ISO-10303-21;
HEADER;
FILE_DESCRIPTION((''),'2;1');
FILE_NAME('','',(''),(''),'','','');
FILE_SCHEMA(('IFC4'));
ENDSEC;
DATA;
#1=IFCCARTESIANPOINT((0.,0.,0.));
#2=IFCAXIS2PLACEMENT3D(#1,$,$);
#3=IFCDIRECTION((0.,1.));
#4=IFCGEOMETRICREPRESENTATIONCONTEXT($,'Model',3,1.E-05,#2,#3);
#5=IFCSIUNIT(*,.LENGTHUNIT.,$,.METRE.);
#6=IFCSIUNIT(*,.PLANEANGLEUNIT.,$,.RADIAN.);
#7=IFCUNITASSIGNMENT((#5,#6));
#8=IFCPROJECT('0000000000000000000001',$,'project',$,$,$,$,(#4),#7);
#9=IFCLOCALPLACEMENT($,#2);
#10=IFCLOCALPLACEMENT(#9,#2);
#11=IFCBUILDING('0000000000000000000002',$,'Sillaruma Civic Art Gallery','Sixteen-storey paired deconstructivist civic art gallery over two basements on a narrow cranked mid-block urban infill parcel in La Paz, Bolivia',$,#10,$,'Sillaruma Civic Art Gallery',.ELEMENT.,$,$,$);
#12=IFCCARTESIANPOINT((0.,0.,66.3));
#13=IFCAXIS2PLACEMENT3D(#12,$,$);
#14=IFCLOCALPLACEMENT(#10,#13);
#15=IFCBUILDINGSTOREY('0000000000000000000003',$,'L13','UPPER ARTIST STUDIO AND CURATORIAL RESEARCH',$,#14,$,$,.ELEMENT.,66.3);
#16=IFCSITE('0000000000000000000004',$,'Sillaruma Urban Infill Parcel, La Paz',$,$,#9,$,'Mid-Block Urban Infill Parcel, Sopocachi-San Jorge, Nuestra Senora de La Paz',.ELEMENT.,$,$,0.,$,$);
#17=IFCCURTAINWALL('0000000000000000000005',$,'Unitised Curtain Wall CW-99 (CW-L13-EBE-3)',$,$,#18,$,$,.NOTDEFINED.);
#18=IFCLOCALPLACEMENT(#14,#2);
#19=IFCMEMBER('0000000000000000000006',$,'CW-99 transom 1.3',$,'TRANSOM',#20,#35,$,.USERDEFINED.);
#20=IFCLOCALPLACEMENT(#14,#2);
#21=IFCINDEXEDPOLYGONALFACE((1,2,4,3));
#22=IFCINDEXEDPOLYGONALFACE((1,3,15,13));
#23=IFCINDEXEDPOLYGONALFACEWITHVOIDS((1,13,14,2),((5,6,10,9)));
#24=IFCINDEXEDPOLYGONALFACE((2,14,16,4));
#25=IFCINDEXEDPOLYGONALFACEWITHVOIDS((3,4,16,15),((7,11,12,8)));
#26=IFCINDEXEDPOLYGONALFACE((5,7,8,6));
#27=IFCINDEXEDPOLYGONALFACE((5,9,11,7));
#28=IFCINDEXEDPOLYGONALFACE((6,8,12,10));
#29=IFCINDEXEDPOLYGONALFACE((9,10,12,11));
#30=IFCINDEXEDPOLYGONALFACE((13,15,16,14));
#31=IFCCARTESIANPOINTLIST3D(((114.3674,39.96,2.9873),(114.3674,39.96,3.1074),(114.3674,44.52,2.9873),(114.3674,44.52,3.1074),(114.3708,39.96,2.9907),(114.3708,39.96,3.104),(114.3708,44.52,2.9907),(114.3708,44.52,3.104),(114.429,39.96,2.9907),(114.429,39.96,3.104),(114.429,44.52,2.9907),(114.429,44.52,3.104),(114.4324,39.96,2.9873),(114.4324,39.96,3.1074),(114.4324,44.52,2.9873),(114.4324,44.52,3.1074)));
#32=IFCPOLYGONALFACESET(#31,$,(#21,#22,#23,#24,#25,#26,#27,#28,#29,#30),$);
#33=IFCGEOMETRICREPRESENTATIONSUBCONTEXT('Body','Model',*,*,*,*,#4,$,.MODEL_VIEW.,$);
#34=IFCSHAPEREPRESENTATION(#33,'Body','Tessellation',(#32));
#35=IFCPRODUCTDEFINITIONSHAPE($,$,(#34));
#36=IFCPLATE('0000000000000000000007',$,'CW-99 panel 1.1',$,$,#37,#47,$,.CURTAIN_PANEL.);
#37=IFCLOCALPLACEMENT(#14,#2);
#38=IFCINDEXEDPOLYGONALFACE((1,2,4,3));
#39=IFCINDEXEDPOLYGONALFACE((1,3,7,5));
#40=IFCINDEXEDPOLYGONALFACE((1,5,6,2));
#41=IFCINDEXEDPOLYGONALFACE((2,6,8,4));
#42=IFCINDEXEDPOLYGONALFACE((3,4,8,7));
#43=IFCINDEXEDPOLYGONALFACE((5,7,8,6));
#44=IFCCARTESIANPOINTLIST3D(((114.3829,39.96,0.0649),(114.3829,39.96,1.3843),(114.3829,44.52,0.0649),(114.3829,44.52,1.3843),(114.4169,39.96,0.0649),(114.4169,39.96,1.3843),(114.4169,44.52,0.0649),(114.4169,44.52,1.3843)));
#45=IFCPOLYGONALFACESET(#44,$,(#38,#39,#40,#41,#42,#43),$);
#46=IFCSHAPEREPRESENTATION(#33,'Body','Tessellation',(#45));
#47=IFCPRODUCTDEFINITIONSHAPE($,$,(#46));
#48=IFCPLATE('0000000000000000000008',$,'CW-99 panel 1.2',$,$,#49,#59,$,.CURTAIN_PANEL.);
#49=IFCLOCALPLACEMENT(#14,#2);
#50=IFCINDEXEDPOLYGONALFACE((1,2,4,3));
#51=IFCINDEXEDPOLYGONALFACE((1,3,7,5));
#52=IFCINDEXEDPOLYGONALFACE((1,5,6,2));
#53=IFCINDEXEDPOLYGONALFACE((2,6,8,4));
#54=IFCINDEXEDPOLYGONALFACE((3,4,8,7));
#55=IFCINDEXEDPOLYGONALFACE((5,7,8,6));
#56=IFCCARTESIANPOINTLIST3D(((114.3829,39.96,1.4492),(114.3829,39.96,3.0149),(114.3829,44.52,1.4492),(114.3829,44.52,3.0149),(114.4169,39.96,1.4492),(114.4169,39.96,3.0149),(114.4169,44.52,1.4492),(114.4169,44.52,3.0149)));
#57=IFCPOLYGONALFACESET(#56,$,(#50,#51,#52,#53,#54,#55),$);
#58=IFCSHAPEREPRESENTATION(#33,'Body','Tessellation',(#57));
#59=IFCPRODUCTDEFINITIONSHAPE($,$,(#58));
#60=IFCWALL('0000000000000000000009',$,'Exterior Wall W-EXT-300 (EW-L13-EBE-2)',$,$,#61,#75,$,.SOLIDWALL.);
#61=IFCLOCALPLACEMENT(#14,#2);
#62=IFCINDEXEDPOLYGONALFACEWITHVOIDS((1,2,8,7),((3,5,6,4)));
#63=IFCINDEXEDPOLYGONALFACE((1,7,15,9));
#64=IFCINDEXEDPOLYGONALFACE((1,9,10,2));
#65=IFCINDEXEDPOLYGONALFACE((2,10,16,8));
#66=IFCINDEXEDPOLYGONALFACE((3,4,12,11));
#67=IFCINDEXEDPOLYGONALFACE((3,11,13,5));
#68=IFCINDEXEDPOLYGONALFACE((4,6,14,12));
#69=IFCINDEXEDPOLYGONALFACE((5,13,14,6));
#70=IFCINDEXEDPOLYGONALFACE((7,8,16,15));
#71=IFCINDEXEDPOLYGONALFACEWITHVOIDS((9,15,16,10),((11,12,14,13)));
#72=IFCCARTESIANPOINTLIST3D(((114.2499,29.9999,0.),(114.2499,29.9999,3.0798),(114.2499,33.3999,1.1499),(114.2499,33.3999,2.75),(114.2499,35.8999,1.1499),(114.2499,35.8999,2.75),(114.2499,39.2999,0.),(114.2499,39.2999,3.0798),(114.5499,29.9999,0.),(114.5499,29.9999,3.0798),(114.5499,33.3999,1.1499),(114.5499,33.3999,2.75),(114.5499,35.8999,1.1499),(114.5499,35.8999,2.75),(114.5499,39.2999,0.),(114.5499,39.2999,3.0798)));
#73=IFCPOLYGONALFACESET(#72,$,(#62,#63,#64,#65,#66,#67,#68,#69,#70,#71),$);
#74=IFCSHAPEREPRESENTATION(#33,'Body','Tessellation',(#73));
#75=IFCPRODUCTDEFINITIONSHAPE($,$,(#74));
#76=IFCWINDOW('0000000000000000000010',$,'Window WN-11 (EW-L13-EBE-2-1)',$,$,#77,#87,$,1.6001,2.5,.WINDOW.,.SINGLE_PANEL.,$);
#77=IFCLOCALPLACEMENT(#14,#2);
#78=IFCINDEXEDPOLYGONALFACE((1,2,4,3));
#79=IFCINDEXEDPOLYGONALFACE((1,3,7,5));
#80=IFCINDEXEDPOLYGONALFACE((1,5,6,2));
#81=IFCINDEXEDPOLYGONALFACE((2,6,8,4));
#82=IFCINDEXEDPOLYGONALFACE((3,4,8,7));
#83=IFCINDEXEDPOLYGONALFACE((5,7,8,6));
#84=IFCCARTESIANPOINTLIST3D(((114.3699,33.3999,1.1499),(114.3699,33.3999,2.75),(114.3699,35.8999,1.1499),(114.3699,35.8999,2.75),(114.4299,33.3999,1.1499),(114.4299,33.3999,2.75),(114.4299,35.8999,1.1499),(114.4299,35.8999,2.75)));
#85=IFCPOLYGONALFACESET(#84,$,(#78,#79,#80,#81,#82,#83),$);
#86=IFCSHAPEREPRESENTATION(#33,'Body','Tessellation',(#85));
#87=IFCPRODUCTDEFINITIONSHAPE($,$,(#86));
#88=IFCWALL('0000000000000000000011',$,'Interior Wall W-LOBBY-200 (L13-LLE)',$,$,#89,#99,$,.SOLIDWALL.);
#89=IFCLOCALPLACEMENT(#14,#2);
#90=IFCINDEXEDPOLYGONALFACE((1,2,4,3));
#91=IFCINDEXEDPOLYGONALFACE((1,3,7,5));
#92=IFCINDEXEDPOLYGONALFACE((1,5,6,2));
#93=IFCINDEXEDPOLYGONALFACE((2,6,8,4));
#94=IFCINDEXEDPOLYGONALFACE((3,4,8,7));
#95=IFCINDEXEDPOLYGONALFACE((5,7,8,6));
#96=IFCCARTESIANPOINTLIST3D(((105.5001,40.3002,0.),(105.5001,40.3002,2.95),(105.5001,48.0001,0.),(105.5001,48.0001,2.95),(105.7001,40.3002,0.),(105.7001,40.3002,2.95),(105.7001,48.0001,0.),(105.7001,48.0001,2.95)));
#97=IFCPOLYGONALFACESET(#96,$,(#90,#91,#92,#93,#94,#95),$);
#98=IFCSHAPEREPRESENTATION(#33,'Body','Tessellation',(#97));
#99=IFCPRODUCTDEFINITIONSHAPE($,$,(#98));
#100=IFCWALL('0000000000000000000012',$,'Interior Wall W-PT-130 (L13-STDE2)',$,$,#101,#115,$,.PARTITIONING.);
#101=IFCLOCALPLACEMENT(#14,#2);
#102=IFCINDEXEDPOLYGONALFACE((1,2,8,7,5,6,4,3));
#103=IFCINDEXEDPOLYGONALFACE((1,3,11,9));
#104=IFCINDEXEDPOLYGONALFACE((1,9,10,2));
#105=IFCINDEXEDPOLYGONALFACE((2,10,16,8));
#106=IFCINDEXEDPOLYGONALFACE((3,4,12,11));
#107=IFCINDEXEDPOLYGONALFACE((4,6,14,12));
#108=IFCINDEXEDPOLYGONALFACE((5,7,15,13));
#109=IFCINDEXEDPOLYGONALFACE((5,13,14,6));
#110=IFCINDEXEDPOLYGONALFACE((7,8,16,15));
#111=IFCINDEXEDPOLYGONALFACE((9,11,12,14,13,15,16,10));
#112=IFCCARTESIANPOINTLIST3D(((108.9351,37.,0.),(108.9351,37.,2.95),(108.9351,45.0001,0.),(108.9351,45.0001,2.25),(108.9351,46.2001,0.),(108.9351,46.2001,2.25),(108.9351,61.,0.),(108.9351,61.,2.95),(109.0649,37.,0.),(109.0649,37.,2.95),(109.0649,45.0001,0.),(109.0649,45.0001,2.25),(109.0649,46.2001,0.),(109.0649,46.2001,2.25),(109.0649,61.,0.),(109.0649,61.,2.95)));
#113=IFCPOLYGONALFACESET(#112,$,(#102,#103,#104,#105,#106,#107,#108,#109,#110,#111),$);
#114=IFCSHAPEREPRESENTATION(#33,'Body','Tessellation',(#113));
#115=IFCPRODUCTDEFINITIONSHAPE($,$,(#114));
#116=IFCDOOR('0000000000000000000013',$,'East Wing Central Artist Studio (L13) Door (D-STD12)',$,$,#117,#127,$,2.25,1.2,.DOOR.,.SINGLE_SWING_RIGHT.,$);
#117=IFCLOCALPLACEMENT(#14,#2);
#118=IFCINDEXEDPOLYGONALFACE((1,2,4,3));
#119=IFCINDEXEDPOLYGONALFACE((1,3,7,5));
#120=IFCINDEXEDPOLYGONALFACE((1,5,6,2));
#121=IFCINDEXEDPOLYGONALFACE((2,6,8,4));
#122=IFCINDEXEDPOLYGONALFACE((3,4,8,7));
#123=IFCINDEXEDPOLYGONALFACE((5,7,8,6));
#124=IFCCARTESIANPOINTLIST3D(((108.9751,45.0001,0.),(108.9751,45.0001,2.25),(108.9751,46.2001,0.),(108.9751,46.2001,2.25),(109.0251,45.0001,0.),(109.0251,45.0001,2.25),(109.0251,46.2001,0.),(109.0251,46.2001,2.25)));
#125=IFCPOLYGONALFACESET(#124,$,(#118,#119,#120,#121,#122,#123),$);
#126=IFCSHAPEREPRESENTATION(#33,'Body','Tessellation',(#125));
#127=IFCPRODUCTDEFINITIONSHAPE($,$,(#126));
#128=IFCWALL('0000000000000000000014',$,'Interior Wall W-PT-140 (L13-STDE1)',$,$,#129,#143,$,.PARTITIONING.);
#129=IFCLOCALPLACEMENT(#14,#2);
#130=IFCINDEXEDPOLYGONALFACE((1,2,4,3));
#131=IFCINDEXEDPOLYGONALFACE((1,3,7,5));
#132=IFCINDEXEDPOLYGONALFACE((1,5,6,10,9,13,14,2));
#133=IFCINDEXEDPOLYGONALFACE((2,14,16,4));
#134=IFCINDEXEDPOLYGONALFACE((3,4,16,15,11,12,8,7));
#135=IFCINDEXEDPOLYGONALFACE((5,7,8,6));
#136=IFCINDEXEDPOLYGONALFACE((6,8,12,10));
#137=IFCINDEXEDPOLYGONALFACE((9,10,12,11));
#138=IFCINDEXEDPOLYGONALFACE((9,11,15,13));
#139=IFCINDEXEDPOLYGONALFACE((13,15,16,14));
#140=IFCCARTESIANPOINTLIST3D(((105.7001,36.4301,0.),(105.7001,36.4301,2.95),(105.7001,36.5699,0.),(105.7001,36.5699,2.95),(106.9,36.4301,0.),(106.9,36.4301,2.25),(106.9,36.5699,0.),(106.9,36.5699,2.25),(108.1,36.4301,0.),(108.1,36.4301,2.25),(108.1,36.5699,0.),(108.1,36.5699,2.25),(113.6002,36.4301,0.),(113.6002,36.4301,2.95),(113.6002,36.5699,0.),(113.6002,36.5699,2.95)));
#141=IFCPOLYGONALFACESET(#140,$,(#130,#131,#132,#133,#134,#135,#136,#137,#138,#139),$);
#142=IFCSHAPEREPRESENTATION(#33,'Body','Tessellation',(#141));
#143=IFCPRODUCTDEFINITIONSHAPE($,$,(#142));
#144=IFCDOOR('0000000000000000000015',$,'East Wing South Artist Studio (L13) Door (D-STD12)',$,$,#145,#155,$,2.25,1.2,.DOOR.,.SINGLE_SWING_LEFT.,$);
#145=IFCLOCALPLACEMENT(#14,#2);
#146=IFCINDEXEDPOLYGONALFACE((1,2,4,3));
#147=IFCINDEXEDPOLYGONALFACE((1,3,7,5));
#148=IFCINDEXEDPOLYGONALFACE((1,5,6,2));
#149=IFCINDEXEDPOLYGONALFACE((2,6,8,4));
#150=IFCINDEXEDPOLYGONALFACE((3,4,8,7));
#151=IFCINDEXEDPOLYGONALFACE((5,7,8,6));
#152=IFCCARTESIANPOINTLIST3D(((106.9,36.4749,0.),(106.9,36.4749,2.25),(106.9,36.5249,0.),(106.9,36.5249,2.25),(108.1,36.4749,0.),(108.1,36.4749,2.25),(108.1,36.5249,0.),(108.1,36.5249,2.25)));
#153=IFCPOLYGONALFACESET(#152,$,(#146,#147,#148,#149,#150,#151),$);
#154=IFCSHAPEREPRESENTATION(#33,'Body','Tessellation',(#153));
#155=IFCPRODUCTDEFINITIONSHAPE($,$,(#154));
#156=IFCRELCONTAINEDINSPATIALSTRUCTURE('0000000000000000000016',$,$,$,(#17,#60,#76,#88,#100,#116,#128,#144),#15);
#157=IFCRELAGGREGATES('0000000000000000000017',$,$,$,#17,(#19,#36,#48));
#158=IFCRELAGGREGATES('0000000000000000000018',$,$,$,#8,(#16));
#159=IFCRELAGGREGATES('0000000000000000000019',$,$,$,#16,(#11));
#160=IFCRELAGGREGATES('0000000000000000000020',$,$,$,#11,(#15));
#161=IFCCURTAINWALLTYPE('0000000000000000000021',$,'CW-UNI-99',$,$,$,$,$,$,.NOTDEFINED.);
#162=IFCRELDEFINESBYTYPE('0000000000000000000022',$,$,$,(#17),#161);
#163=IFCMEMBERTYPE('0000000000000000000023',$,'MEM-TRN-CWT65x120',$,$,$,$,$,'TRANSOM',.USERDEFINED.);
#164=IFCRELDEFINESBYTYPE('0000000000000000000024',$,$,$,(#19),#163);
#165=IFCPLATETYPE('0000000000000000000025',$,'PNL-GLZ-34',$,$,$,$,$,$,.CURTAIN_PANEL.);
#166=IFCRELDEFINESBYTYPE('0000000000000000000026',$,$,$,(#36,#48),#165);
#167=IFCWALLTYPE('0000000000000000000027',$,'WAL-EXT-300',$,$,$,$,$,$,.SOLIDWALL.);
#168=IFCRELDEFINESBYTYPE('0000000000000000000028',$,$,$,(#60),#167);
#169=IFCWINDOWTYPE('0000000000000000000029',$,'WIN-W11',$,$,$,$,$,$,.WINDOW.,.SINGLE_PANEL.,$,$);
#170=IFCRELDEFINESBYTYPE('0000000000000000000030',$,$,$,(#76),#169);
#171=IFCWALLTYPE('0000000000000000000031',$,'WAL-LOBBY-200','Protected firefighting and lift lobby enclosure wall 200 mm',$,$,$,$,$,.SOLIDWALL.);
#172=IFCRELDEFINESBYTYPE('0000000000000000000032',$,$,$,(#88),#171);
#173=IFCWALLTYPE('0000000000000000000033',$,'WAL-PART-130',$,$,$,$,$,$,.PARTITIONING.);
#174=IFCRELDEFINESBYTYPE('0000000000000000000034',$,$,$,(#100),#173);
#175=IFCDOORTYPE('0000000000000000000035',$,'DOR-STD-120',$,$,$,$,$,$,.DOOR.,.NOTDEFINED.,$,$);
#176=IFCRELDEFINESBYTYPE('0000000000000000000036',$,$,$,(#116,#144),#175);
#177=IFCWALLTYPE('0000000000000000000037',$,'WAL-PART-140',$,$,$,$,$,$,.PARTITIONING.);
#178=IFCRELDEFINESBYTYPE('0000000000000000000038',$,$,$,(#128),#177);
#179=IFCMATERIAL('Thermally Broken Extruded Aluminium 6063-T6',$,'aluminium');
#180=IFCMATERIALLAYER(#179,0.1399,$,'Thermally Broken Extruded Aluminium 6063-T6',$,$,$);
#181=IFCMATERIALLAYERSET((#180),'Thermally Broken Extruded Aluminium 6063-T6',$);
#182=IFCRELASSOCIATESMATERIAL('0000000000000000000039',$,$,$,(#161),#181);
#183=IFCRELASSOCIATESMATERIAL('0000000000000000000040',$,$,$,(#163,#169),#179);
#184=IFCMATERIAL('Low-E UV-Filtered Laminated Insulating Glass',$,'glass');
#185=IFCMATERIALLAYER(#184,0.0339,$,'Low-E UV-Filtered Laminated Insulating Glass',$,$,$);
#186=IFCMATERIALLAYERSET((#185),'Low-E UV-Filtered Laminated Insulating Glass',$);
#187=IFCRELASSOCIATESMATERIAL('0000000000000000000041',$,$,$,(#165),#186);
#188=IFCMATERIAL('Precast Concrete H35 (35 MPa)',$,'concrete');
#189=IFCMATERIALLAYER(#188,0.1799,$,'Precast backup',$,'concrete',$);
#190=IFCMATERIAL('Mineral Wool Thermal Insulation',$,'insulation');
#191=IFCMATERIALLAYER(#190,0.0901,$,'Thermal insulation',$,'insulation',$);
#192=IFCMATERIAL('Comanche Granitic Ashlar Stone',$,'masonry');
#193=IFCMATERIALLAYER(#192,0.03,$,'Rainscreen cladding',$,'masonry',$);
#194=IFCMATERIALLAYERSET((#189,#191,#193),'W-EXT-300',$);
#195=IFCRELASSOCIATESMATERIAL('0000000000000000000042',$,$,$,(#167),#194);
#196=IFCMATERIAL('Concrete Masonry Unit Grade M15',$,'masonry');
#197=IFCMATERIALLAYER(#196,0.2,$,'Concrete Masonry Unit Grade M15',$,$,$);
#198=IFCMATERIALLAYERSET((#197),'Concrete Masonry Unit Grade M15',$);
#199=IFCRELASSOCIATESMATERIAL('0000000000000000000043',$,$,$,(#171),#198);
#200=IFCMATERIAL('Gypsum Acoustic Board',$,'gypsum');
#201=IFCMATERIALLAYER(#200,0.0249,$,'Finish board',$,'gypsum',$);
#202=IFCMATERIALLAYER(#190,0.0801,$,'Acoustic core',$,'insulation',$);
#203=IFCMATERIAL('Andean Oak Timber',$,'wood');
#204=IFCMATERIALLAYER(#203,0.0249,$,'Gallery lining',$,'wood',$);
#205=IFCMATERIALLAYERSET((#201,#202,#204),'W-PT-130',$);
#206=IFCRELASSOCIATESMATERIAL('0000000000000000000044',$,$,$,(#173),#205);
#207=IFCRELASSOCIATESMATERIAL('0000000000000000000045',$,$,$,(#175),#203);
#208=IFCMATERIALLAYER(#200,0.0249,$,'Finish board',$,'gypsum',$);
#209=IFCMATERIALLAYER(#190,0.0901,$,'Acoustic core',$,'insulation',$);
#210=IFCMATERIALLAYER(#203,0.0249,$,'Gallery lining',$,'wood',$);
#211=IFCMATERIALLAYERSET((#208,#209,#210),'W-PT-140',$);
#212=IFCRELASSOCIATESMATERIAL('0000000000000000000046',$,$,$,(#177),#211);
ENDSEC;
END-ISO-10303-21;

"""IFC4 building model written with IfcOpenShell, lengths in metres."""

from ifc_helpers import new_model, si_unit, direction, frame, frame_2d, origin, origin_2d, place, context, subcontext, project, spatial, rectangle, hollow_rectangle, extrude, material, layer, layer_set, material_profile, profile_set, type_object, element, fill, aggregate, save


model = new_model("IFC4")

# Units and contexts
model_context = context("Model", 3, precision=1e-05, world=origin(), true_north=direction((0.0, 1.0)))
body_context = subcontext(model_context, "Body", "Model", "MODEL_VIEW")
ifc_project = project(units=[si_unit("LENGTHUNIT", "METRE"), si_unit("PLANEANGLEUNIT", "RADIAN")], contexts=[model_context])

# Site, building, storey
site_placement = place(None, origin())
site = spatial("IfcSite", under=ifc_project, at=site_placement, Name="Sillaruma Urban Infill Parcel, La Paz", LongName="Mid-Block Urban Infill Parcel, Sopocachi-San Jorge, Nuestra Senora de La Paz", CompositionType="ELEMENT", RefElevation=0.0)
building_placement = place(site_placement, origin())
building = spatial("IfcBuilding", under=site, at=building_placement, Name="Sillaruma Civic Art Gallery", Description="Sixteen-storey paired deconstructivist civic art gallery over two basements on a narrow cranked mid-block urban infill parcel in La Paz, Bolivia", LongName="Sillaruma Civic Art Gallery", CompositionType="ELEMENT")
storey_placement = place(building_placement, frame((0.0, 0.0, 66.3)))
storey = spatial("IfcBuildingStorey", under=building, at=storey_placement, Name="L13", Description="UPPER ARTIST STUDIO AND CURATORIAL RESEARCH", CompositionType="ELEMENT", Elevation=66.3)

# Curtain wall, member, plates
ifc_material_1 = material(Name="Thermally Broken Extruded Aluminium 6063-T6", Category="aluminium")
ifc_layer_1 = layer(ifc_material_1, 0.1399, Name="Thermally Broken Extruded Aluminium 6063-T6")
ifc_layer_set_1 = layer_set([ifc_layer_1], Name="Thermally Broken Extruded Aluminium 6063-T6")
curtain_wall_type = type_object("IfcCurtainWallType", Name="CW-UNI-99", PredefinedType="NOTDEFINED", material=ifc_layer_set_1)
curtain_wall_placement = place(storey_placement, origin())
curtain_wall = element("IfcCurtainWall", 1, at=curtain_wall_placement, inside=storey, type_object=curtain_wall_type, Name="Unitised Curtain Wall CW-99 (CW-L13-EBE-3)", PredefinedType="NOTDEFINED")
ifc_material_profile_1 = material_profile(ifc_material_1, hollow_rectangle(XDim=0.0649, YDim=0.1201, WallThickness=0.0034, at=origin_2d()), Name="CWT65x120")
ifc_profile_set_1 = profile_set([ifc_material_profile_1], Name="Thermally Broken Extruded Aluminium 6063-T6")
member_type_1 = type_object("IfcMemberType", Name="MEM-TRN-CWT65x120", ElementType="TRANSOM", PredefinedType="USERDEFINED", material=ifc_profile_set_1)
member_1_placement = place(storey_placement, frame((114.3999, 39.96, 3.0474), z_axis=(0.0, 1.0, 0.0), x_axis=(-1.0, 0.0, 0.0)))
member_1 = element("IfcMember", 2, at=member_1_placement, type_object=member_type_1, Name="CW-99 transom 1.3", ObjectType="TRANSOM", PredefinedType="USERDEFINED", context=body_context, shape_type="SweptSolid", body=[
    extrude(hollow_rectangle(XDim=0.0649, YDim=0.1201, WallThickness=0.0034, at=origin_2d()), origin(), (0.0, 0.0, 1.0), 4.5601),
])
ifc_material_2 = material(Name="Low-E UV-Filtered Laminated Insulating Glass", Category="glass")
ifc_layer_2 = layer(ifc_material_2, 0.0339, Name="Low-E UV-Filtered Laminated Insulating Glass")
ifc_layer_set_2 = layer_set([ifc_layer_2], Name="Low-E UV-Filtered Laminated Insulating Glass")
plate_type = type_object("IfcPlateType", Name="PNL-GLZ-34", PredefinedType="CURTAIN_PANEL", material=ifc_layer_set_2)
plate_1_placement = place(storey_placement, frame((114.3999, 42.24, 0.0649), z_axis=(0.0, 0.0, 1.0), x_axis=(0.0, 1.0, 0.0)))
plate_1 = element("IfcPlate", 3, at=plate_1_placement, type_object=plate_type, Name="CW-99 panel 1.1", PredefinedType="CURTAIN_PANEL", context=body_context, shape_type="SweptSolid", body=[
    extrude(rectangle(XDim=4.5601, YDim=0.0339, at=origin_2d()), origin(), (0.0, 0.0, 1.0), 1.3193),
])
plate_2_placement = place(storey_placement, frame((114.3999, 42.24, 1.4492), z_axis=(0.0, 0.0, 1.0), x_axis=(0.0, 1.0, 0.0)))
plate_2 = element("IfcPlate", 4, at=plate_2_placement, type_object=plate_type, Name="CW-99 panel 1.2", PredefinedType="CURTAIN_PANEL", context=body_context, shape_type="SweptSolid", body=[
    extrude(rectangle(XDim=4.5601, YDim=0.0339, at=origin_2d()), origin(), (0.0, 0.0, 1.0), 1.5657),
])
aggregate(curtain_wall, [member_1, plate_1, plate_2])

# Wall, opening, window
ifc_material_3 = material(Name="Precast Concrete H35 (35 MPa)", Category="concrete")
ifc_layer_3 = layer(ifc_material_3, 0.1799, Name="Precast backup", Category="concrete")
ifc_material_4 = material(Name="Mineral Wool Thermal Insulation", Category="insulation")
ifc_layer_4 = layer(ifc_material_4, 0.0901, Name="Thermal insulation", Category="insulation")
ifc_material_5 = material(Name="Comanche Granitic Ashlar Stone", Category="masonry")
ifc_layer_5 = layer(ifc_material_5, 0.03, Name="Rainscreen cladding", Category="masonry")
ifc_layer_set_3 = layer_set([ifc_layer_3, ifc_layer_4, ifc_layer_5], Name="W-EXT-300")
wall_type_1 = type_object("IfcWallType", Name="WAL-EXT-300", PredefinedType="SOLIDWALL", material=ifc_layer_set_3)
wall_1_placement = place(storey_placement, frame((114.3999, 30.0, 0.0), z_axis=(0.0, 0.0, 1.0), x_axis=(0.0, 1.0, 0.0)))
wall_1 = element("IfcWall", 5, at=wall_1_placement, inside=storey, type_object=wall_type_1, Name="Exterior Wall W-EXT-300 (EW-L13-EBE-2)", PredefinedType="SOLIDWALL", context=body_context, shape_type="SweptSolid", body=[
    extrude(rectangle(XDim=9.3, YDim=0.3, at=frame_2d((4.6499, 0.0))), origin(), (0.0, 0.0, 1.0), 3.0798),
])
opening_1_placement = place(wall_1_placement, frame((3.3999, 0.0, 1.1499)))
opening_1 = element("IfcOpeningElement", 6, at=opening_1_placement, cuts=wall_1, PredefinedType="OPENING", context=body_context, shape_type="SweptSolid", body=[
    extrude(rectangle(XDim=2.5, YDim=1.6001, at=frame_2d((1.25, 0.8))), frame((0.0, 0.1599, 0.0), z_axis=(0.0, -1.0, 0.0), x_axis=(1.0, 0.0, 0.0)), (0.0, 0.0, 1.0), 0.3201),
])
window_type = type_object("IfcWindowType", Name="WIN-W11", PartitioningType="SINGLE_PANEL", PredefinedType="WINDOW", material=ifc_material_1)
window_placement = place(opening_1_placement, origin())
window = element("IfcWindow", 7, at=window_placement, inside=storey, type_object=window_type, Name="Window WN-11 (EW-L13-EBE-2-1)", OverallHeight=1.6001, OverallWidth=2.5, PartitioningType="SINGLE_PANEL", PredefinedType="WINDOW", context=body_context, shape_type="SweptSolid", body=[
    extrude(rectangle(XDim=2.5, YDim=1.6001, at=frame_2d((1.25, 0.8))), frame((0.0, 0.03, 0.0), z_axis=(0.0, -1.0, 0.0), x_axis=(1.0, 0.0, 0.0)), (0.0, 0.0, 1.0), 0.0601),
])
fill(opening_1, window)

# Wall
ifc_material_6 = material(Name="Concrete Masonry Unit Grade M15", Category="masonry")
ifc_layer_6 = layer(ifc_material_6, 0.2, Name="Concrete Masonry Unit Grade M15")
ifc_layer_set_4 = layer_set([ifc_layer_6], Name="Concrete Masonry Unit Grade M15")
wall_type_2 = type_object("IfcWallType", Name="WAL-LOBBY-200", Description="Protected firefighting and lift lobby enclosure wall 200 mm", PredefinedType="SOLIDWALL", material=ifc_layer_set_4)
wall_2_placement = place(storey_placement, frame((105.6001, 40.3, 0.0), z_axis=(0.0, 0.0, 1.0), x_axis=(0.0, 1.0, 0.0)))
element("IfcWall", 8, at=wall_2_placement, inside=storey, type_object=wall_type_2, Name="Interior Wall W-LOBBY-200 (L13-LLE)", PredefinedType="SOLIDWALL", context=body_context, shape_type="SweptSolid", body=[
    extrude(rectangle(XDim=7.7, YDim=0.2, at=frame_2d((3.8501, 0.0))), origin(), (0.0, 0.0, 1.0), 2.95),
])

# Walls, openings, doors
ifc_material_7 = material(Name="Gypsum Acoustic Board", Category="gypsum")
ifc_layer_7 = layer(ifc_material_7, 0.0249, Name="Finish board", Category="gypsum")
ifc_layer_8 = layer(ifc_material_4, 0.0801, Name="Acoustic core", Category="insulation")
ifc_material_8 = material(Name="Andean Oak Timber", Category="wood")
ifc_layer_9 = layer(ifc_material_8, 0.0249, Name="Gallery lining", Category="wood")
ifc_layer_set_5 = layer_set([ifc_layer_7, ifc_layer_8, ifc_layer_9], Name="W-PT-130")
wall_type_3 = type_object("IfcWallType", Name="WAL-PART-130", PredefinedType="PARTITIONING", material=ifc_layer_set_5)
wall_3_placement = place(storey_placement, frame((109.0, 37.0, 0.0), z_axis=(0.0, 0.0, 1.0), x_axis=(0.0, 1.0, 0.0)))
wall_3 = element("IfcWall", 9, at=wall_3_placement, inside=storey, type_object=wall_type_3, Name="Interior Wall W-PT-130 (L13-STDE2)", PredefinedType="PARTITIONING", context=body_context, shape_type="SweptSolid", body=[
    extrude(rectangle(XDim=24.0, YDim=0.1299, at=frame_2d((12.0, 0.0))), origin(), (0.0, 0.0, 1.0), 2.95),
])
opening_2_placement = place(wall_3_placement, frame((8.0, 0.0, 0.0)))
opening_2 = element("IfcOpeningElement", 10, at=opening_2_placement, cuts=wall_3, PredefinedType="OPENING", context=body_context, shape_type="SweptSolid", body=[
    extrude(rectangle(XDim=1.2, YDim=2.25, at=frame_2d((0.6001, 1.125))), frame((0.0, 0.075, 0.0), z_axis=(0.0, -1.0, 0.0), x_axis=(1.0, 0.0, 0.0)), (0.0, 0.0, 1.0), 0.1499),
])
door_type = type_object("IfcDoorType", Name="DOR-STD-120", OperationType="NOTDEFINED", PredefinedType="DOOR", material=ifc_material_8)
door_1_placement = place(opening_2_placement, origin())
door_1 = element("IfcDoor", 11, at=door_1_placement, inside=storey, type_object=door_type, Name="East Wing Central Artist Studio (L13) Door (D-STD12)", OperationType="SINGLE_SWING_RIGHT", OverallHeight=2.25, OverallWidth=1.2, PredefinedType="DOOR", context=body_context, shape_type="SweptSolid", body=[
    extrude(rectangle(XDim=1.2, YDim=2.25, at=frame_2d((0.6001, 1.125))), frame((0.0, 0.0249, 0.0), z_axis=(0.0, -1.0, 0.0), x_axis=(1.0, 0.0, 0.0)), (0.0, 0.0, 1.0), 0.05),
])
fill(opening_2, door_1)
ifc_layer_10 = layer(ifc_material_7, 0.0249, Name="Finish board", Category="gypsum")
ifc_layer_11 = layer(ifc_material_4, 0.0901, Name="Acoustic core", Category="insulation")
ifc_layer_12 = layer(ifc_material_8, 0.0249, Name="Gallery lining", Category="wood")
ifc_layer_set_6 = layer_set([ifc_layer_10, ifc_layer_11, ifc_layer_12], Name="W-PT-140")
wall_type_4 = type_object("IfcWallType", Name="WAL-PART-140", PredefinedType="PARTITIONING", material=ifc_layer_set_6)
wall_4_placement = place(storey_placement, frame((105.7, 36.5, 0.0), z_axis=(0.0, 0.0, 1.0), x_axis=(1.0, 0.0, 0.0)))
wall_4 = element("IfcWall", 12, at=wall_4_placement, inside=storey, type_object=wall_type_4, Name="Interior Wall W-PT-140 (L13-STDE1)", PredefinedType="PARTITIONING", context=body_context, shape_type="SweptSolid", body=[
    extrude(rectangle(XDim=7.9001, YDim=0.1399, at=frame_2d((3.9502, 0.0))), origin(), (0.0, 0.0, 1.0), 2.95),
])
opening_3_placement = place(wall_4_placement, frame((1.2, 0.0, 0.0)))
opening_3 = element("IfcOpeningElement", 13, at=opening_3_placement, cuts=wall_4, PredefinedType="OPENING", context=body_context, shape_type="SweptSolid", body=[
    extrude(rectangle(XDim=1.2, YDim=2.25, at=frame_2d((0.6001, 1.125))), frame((0.0, 0.0798, 0.0), z_axis=(0.0, -1.0, 0.0), x_axis=(1.0, 0.0, 0.0)), (0.0, 0.0, 1.0), 0.1599),
])
door_2_placement = place(opening_3_placement, origin())
door_2 = element("IfcDoor", 14, at=door_2_placement, inside=storey, type_object=door_type, Name="East Wing South Artist Studio (L13) Door (D-STD12)", OperationType="SINGLE_SWING_LEFT", OverallHeight=2.25, OverallWidth=1.2, PredefinedType="DOOR", context=body_context, shape_type="SweptSolid", body=[
    extrude(rectangle(XDim=1.2, YDim=2.25, at=frame_2d((0.6001, 1.125))), frame((0.0, 0.0249, 0.0), z_axis=(0.0, -1.0, 0.0), x_axis=(1.0, 0.0, 0.0)), (0.0, 0.0, 1.0), 0.05),
])
fill(opening_3, door_2)

save(model, "model.ifc")
